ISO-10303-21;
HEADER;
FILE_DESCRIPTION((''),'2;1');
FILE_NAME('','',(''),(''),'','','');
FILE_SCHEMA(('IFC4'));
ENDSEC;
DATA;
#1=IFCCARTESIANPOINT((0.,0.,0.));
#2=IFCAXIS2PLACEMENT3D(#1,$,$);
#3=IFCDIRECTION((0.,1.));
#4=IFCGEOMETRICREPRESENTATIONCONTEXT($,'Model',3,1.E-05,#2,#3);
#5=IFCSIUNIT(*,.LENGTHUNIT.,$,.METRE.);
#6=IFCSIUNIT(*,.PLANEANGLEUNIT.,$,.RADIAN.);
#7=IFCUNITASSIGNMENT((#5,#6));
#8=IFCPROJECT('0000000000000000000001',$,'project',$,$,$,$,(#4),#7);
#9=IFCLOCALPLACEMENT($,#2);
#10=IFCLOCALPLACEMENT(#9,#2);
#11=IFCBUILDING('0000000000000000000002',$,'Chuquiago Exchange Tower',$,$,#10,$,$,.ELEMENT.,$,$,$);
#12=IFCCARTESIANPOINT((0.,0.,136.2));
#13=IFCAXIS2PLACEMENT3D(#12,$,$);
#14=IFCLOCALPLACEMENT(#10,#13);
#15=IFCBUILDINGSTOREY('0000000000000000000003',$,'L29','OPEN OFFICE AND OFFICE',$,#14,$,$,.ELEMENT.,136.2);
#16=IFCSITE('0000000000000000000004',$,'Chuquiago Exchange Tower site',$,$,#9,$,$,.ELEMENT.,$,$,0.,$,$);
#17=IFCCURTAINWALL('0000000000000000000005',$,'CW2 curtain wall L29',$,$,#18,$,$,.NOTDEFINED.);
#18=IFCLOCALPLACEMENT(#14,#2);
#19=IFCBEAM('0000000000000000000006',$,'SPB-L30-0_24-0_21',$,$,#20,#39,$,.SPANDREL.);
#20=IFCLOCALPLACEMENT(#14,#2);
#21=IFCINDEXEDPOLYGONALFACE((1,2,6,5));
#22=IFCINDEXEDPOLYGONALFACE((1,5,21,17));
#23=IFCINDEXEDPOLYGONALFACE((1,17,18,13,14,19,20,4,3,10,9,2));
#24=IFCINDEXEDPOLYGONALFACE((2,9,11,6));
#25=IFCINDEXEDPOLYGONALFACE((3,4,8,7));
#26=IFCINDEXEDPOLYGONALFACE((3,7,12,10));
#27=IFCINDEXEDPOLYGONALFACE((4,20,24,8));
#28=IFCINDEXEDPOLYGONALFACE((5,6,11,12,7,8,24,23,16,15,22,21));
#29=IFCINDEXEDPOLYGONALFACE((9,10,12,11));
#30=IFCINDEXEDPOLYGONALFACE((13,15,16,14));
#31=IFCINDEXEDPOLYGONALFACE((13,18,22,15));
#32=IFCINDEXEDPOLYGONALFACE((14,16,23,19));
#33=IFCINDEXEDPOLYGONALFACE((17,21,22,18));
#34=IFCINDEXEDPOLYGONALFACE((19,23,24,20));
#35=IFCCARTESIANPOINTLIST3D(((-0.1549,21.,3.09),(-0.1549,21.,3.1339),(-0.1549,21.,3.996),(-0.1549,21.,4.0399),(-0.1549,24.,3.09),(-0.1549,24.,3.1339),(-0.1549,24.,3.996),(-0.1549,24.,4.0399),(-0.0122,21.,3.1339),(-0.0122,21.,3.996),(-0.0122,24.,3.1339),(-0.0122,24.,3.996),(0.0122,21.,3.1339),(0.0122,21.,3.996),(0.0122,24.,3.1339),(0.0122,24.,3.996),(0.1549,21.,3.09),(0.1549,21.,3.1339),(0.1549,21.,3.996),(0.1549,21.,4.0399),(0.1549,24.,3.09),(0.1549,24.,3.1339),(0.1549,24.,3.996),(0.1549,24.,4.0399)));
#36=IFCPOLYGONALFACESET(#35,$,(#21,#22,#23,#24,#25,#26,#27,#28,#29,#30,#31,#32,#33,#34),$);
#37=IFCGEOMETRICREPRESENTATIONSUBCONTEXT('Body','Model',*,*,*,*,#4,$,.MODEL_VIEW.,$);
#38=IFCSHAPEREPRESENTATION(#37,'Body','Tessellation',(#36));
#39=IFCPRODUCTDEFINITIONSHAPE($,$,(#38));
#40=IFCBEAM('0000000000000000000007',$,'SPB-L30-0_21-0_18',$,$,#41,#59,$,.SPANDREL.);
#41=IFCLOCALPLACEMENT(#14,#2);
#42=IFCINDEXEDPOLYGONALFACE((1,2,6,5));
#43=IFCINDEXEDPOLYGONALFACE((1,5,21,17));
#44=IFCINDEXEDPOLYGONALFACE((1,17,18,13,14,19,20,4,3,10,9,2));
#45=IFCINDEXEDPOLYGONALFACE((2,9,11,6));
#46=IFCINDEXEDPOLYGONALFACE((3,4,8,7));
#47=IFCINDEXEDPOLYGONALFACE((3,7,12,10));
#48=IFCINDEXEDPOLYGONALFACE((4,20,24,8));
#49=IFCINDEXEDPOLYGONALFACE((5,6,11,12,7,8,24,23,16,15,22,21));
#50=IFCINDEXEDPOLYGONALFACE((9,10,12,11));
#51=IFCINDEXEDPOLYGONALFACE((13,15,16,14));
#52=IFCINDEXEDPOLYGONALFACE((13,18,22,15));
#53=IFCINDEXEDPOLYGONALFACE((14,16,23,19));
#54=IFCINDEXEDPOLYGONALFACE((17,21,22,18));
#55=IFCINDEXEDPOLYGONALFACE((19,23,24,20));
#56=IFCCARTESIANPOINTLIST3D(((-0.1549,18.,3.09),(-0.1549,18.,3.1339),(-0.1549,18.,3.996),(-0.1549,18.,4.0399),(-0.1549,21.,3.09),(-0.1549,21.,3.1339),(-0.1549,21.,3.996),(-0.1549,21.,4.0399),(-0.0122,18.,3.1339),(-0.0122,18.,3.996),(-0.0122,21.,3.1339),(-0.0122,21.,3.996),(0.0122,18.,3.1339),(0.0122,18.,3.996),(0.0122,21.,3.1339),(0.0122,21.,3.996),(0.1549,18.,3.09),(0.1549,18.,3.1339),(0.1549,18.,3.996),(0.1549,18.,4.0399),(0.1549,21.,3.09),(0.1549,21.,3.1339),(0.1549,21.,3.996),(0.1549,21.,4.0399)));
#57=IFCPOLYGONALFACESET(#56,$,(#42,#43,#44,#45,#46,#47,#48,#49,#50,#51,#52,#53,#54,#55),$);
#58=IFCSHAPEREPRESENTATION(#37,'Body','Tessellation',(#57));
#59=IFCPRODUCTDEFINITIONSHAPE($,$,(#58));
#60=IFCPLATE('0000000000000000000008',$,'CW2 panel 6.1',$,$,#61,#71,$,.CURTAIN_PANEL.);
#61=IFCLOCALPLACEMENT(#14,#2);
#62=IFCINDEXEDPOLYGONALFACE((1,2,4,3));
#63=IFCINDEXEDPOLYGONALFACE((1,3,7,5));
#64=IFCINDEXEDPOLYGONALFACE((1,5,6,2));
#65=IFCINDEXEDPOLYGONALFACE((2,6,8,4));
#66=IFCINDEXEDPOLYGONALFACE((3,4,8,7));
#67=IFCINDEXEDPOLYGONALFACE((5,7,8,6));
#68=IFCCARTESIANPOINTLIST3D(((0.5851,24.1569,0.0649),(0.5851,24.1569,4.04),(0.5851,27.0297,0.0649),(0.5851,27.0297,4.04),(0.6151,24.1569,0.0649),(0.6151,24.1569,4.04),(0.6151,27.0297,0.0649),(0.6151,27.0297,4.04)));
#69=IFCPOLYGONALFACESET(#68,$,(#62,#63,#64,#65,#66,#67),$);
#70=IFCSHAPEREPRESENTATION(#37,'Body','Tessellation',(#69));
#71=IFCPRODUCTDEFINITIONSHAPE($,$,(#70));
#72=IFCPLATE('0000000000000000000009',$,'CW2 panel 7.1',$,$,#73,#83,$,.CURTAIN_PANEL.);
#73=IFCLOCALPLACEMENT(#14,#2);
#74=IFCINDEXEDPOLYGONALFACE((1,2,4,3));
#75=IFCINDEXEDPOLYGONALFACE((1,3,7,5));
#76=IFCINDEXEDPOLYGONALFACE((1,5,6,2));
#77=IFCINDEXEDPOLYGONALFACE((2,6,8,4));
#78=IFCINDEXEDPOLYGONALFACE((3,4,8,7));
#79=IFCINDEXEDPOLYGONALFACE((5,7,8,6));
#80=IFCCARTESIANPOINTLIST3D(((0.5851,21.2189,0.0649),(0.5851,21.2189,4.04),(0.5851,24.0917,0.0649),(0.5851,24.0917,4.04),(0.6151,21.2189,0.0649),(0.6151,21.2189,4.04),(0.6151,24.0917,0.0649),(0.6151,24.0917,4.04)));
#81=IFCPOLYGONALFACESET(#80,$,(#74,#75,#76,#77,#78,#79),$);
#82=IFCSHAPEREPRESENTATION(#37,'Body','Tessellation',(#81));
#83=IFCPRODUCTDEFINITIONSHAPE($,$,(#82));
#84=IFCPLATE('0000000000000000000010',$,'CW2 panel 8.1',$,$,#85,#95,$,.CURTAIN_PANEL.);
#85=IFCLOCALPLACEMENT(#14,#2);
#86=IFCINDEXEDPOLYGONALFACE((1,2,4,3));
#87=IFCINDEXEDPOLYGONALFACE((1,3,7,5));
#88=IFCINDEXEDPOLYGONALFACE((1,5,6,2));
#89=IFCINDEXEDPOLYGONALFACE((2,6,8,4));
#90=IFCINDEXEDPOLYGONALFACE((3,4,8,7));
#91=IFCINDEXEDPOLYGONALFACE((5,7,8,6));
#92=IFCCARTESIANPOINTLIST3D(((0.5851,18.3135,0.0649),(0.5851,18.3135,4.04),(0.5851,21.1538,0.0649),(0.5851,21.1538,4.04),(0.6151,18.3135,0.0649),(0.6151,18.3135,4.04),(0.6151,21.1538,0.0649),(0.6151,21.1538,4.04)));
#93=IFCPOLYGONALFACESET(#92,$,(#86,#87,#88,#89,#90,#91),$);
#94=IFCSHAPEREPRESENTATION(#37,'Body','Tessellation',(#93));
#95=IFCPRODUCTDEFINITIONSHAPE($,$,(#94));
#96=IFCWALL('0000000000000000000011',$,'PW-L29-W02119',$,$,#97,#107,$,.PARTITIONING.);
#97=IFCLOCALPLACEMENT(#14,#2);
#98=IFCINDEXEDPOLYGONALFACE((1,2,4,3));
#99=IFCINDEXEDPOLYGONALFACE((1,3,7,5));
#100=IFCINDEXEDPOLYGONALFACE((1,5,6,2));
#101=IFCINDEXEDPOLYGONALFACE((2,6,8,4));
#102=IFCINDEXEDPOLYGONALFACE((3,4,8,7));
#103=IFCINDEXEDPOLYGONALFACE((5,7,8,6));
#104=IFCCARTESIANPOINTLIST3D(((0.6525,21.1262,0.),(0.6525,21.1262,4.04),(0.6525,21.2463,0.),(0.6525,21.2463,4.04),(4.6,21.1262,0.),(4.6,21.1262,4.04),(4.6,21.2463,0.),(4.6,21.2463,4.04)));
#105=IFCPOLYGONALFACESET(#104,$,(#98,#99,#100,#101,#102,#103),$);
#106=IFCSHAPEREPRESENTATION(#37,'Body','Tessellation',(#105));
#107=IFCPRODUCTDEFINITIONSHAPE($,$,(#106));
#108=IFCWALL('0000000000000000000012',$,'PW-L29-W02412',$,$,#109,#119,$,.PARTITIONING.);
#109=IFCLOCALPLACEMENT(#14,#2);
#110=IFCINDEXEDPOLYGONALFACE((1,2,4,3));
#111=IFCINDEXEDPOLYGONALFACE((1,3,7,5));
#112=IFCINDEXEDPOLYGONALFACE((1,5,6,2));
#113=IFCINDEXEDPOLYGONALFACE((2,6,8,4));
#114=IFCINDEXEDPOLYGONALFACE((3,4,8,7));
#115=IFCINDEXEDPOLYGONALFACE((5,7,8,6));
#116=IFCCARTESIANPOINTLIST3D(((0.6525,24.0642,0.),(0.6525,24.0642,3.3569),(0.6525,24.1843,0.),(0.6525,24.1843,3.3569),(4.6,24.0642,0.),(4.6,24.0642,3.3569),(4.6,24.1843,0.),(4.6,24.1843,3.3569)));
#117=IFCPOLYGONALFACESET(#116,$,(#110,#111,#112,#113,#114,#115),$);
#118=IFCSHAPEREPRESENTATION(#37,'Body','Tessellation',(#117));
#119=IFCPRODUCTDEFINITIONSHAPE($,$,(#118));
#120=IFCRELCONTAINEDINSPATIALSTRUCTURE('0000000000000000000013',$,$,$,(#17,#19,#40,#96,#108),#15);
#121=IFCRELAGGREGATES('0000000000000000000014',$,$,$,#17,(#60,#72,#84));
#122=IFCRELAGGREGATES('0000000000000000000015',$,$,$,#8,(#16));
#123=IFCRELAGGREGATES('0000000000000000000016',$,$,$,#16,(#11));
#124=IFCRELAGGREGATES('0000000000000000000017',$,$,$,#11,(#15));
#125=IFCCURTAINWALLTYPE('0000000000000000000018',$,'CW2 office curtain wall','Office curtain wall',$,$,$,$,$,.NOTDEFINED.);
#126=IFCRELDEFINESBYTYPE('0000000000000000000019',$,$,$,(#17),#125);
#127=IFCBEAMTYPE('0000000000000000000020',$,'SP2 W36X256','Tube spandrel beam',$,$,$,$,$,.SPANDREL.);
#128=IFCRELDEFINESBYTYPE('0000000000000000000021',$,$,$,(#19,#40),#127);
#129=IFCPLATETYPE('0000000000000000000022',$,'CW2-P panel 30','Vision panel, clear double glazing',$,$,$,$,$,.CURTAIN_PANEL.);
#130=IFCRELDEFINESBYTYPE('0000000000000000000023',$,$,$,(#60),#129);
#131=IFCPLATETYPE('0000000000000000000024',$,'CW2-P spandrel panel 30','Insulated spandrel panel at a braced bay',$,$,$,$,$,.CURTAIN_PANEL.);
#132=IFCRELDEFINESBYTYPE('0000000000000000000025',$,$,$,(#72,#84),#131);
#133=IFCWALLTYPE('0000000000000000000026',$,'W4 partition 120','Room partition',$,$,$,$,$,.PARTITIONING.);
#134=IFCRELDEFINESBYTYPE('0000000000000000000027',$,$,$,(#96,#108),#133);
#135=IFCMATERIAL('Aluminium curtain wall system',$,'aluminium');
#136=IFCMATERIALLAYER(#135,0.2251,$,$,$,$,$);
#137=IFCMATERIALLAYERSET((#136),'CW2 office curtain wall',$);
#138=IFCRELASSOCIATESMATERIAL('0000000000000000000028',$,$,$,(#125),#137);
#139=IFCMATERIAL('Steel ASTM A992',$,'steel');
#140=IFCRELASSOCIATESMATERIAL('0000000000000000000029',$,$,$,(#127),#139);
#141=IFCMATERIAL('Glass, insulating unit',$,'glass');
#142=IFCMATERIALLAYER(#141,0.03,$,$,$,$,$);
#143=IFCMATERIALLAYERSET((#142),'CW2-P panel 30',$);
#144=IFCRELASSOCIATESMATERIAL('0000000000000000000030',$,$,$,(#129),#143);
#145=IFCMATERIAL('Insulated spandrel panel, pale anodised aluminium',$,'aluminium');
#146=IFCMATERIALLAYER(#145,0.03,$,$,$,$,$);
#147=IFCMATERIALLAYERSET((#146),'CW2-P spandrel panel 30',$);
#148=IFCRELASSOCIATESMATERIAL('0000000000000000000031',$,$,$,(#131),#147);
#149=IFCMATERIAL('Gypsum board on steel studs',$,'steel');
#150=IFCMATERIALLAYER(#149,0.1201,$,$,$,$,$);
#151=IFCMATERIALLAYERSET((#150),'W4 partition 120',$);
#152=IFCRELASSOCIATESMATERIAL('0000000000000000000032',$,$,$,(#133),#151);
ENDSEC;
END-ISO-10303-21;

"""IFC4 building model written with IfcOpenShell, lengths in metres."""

from ifc_helpers import new_model, si_unit, direction, frame, frame_2d, origin, origin_2d, place, context, subcontext, project, spatial, rectangle, i_section, extrude, material, layer, layer_set, material_profile, profile_set, type_object, element, aggregate, save


model = new_model("IFC4")

# Units and contexts
model_context = context("Model", 3, precision=1e-05, world=origin(), true_north=direction((0.0, 1.0)))
body_context = subcontext(model_context, "Body", "Model", "MODEL_VIEW")
ifc_project = project(units=[si_unit("LENGTHUNIT", "METRE"), si_unit("PLANEANGLEUNIT", "RADIAN")], contexts=[model_context])

# Site, building, storey
site_placement = place(None, origin())
site = spatial("IfcSite", under=ifc_project, at=site_placement, Name="Chuquiago Exchange Tower site", CompositionType="ELEMENT", RefElevation=0.0)
building_placement = place(site_placement, origin())
building = spatial("IfcBuilding", under=site, at=building_placement, Name="Chuquiago Exchange Tower", CompositionType="ELEMENT")
storey_placement = place(building_placement, frame((0.0, 0.0, 136.2)))
storey = spatial("IfcBuildingStorey", under=building, at=storey_placement, Name="L29", Description="OPEN OFFICE AND OFFICE", CompositionType="ELEMENT", Elevation=136.2)

# Curtain wall
ifc_material_1 = material(Name="Aluminium curtain wall system", Category="aluminium")
ifc_layer_1 = layer(ifc_material_1, 0.2251)
ifc_layer_set_1 = layer_set([ifc_layer_1], Name="CW2 office curtain wall")
curtain_wall_type = type_object("IfcCurtainWallType", Name="CW2 office curtain wall", Description="Office curtain wall", PredefinedType="NOTDEFINED", material=ifc_layer_set_1)
curtain_wall_placement = place(storey_placement, origin())
curtain_wall = element("IfcCurtainWall", 1, at=curtain_wall_placement, inside=storey, type_object=curtain_wall_type, Name="CW2 curtain wall L29", PredefinedType="NOTDEFINED")

# Beams
ifc_material_2 = material(Name="Steel ASTM A992", Category="steel")
ifc_material_profile_1 = material_profile(ifc_material_2, i_section(OverallWidth=0.3098, OverallDepth=0.95, WebThickness=0.0244, FlangeThickness=0.0439, at=origin_2d()), Name="W36X256")
ifc_profile_set_1 = profile_set([ifc_material_profile_1], Name="Steel ASTM A992")
beam_type = type_object("IfcBeamType", Name="SP2 W36X256", Description="Tube spandrel beam", PredefinedType="SPANDREL", material=ifc_profile_set_1)
for number, where, z_axis, x_axis, name in (
    (2, (0.0, 24.0, 3.5649), (0.0, -1.0, 0.0), (1.0, 0.0, 0.0), "SPB-L30-0_24-0_21"),
    (3, (0.0, 21.0, 3.5649), (0.0, -1.0, 0.0), (1.0, 0.0, 0.0), "SPB-L30-0_21-0_18"),
):
    element("IfcBeam", number, at=place(storey_placement, frame(where, z_axis=z_axis, x_axis=x_axis)), inside=storey, type_object=beam_type, Name=name, PredefinedType="SPANDREL", context=body_context, shape_type="SweptSolid", body=[
        extrude(i_section(OverallWidth=0.3098, OverallDepth=0.95, WebThickness=0.0244, FlangeThickness=0.0439, at=origin_2d()), origin(), (0.0, 0.0, 1.0), 3.0),
    ])

# Plates
ifc_material_3 = material(Name="Glass, insulating unit", Category="glass")
ifc_layer_2 = layer(ifc_material_3, 0.03)
ifc_layer_set_2 = layer_set([ifc_layer_2], Name="CW2-P panel 30")
plate_type_1 = type_object("IfcPlateType", Name="CW2-P panel 30", Description="Vision panel, clear double glazing", PredefinedType="CURTAIN_PANEL", material=ifc_layer_set_2)
plate_1_placement = place(storey_placement, frame((0.6001, 25.5933, 0.0649), z_axis=(0.0, 0.0, 1.0), x_axis=(0.0, -1.0, 0.0)))
plate_1 = element("IfcPlate", 4, at=plate_1_placement, type_object=plate_type_1, Name="CW2 panel 6.1", PredefinedType="CURTAIN_PANEL", context=body_context, shape_type="SweptSolid", body=[
    extrude(rectangle(XDim=2.8728, YDim=0.03, at=origin_2d()), origin(), (0.0, 0.0, 1.0), 3.9751),
])
ifc_material_4 = material(Name="Insulated spandrel panel, pale anodised aluminium", Category="aluminium")
ifc_layer_3 = layer(ifc_material_4, 0.03)
ifc_layer_set_3 = layer_set([ifc_layer_3], Name="CW2-P spandrel panel 30")
plate_type_2 = type_object("IfcPlateType", Name="CW2-P spandrel panel 30", Description="Insulated spandrel panel at a braced bay", PredefinedType="CURTAIN_PANEL", material=ifc_layer_set_3)
plate_2_placement = place(storey_placement, frame((0.6001, 22.6553, 0.0649), z_axis=(0.0, 0.0, 1.0), x_axis=(0.0, -1.0, 0.0)))
plate_2 = element("IfcPlate", 5, at=plate_2_placement, type_object=plate_type_2, Name="CW2 panel 7.1", PredefinedType="CURTAIN_PANEL", context=body_context, shape_type="SweptSolid", body=[
    extrude(rectangle(XDim=2.8728, YDim=0.03, at=origin_2d()), origin(), (0.0, 0.0, 1.0), 3.9751),
])
plate_3_placement = place(storey_placement, frame((0.6001, 19.7336, 0.0649), z_axis=(0.0, 0.0, 1.0), x_axis=(0.0, -1.0, 0.0)))
plate_3 = element("IfcPlate", 6, at=plate_3_placement, type_object=plate_type_2, Name="CW2 panel 8.1", PredefinedType="CURTAIN_PANEL", context=body_context, shape_type="SweptSolid", body=[
    extrude(rectangle(XDim=2.8403, YDim=0.03, at=origin_2d()), origin(), (0.0, 0.0, 1.0), 3.9751),
])
aggregate(curtain_wall, [plate_1, plate_2, plate_3])

# Walls
ifc_material_5 = material(Name="Gypsum board on steel studs", Category="steel")
ifc_layer_4 = layer(ifc_material_5, 0.1201)
ifc_layer_set_4 = layer_set([ifc_layer_4], Name="W4 partition 120")
wall_type = type_object("IfcWallType", Name="W4 partition 120", Description="Room partition", PredefinedType="PARTITIONING", material=ifc_layer_set_4)
wall_1_placement = place(storey_placement, frame((0.6526, 21.1863, 0.0), z_axis=(0.0, 0.0, 1.0), x_axis=(1.0, 0.0, 0.0)))
element("IfcWall", 7, at=wall_1_placement, inside=storey, type_object=wall_type, Name="PW-L29-W02119", PredefinedType="PARTITIONING", context=body_context, shape_type="SweptSolid", body=[
    extrude(rectangle(XDim=3.9475, YDim=0.1201, at=frame_2d((1.9736, 0.0))), origin(), (0.0, 0.0, 1.0), 4.04),
])
wall_2_placement = place(storey_placement, frame((0.6526, 24.1243, 0.0), z_axis=(0.0, 0.0, 1.0), x_axis=(1.0, 0.0, 0.0)))
element("IfcWall", 8, at=wall_2_placement, inside=storey, type_object=wall_type, Name="PW-L29-W02412", PredefinedType="PARTITIONING", context=body_context, shape_type="SweptSolid", body=[
    extrude(rectangle(XDim=3.9475, YDim=0.1201, at=frame_2d((1.9736, 0.0))), origin(), (0.0, 0.0, 1.0), 3.3569),
])

save(model, "model.ifc")
